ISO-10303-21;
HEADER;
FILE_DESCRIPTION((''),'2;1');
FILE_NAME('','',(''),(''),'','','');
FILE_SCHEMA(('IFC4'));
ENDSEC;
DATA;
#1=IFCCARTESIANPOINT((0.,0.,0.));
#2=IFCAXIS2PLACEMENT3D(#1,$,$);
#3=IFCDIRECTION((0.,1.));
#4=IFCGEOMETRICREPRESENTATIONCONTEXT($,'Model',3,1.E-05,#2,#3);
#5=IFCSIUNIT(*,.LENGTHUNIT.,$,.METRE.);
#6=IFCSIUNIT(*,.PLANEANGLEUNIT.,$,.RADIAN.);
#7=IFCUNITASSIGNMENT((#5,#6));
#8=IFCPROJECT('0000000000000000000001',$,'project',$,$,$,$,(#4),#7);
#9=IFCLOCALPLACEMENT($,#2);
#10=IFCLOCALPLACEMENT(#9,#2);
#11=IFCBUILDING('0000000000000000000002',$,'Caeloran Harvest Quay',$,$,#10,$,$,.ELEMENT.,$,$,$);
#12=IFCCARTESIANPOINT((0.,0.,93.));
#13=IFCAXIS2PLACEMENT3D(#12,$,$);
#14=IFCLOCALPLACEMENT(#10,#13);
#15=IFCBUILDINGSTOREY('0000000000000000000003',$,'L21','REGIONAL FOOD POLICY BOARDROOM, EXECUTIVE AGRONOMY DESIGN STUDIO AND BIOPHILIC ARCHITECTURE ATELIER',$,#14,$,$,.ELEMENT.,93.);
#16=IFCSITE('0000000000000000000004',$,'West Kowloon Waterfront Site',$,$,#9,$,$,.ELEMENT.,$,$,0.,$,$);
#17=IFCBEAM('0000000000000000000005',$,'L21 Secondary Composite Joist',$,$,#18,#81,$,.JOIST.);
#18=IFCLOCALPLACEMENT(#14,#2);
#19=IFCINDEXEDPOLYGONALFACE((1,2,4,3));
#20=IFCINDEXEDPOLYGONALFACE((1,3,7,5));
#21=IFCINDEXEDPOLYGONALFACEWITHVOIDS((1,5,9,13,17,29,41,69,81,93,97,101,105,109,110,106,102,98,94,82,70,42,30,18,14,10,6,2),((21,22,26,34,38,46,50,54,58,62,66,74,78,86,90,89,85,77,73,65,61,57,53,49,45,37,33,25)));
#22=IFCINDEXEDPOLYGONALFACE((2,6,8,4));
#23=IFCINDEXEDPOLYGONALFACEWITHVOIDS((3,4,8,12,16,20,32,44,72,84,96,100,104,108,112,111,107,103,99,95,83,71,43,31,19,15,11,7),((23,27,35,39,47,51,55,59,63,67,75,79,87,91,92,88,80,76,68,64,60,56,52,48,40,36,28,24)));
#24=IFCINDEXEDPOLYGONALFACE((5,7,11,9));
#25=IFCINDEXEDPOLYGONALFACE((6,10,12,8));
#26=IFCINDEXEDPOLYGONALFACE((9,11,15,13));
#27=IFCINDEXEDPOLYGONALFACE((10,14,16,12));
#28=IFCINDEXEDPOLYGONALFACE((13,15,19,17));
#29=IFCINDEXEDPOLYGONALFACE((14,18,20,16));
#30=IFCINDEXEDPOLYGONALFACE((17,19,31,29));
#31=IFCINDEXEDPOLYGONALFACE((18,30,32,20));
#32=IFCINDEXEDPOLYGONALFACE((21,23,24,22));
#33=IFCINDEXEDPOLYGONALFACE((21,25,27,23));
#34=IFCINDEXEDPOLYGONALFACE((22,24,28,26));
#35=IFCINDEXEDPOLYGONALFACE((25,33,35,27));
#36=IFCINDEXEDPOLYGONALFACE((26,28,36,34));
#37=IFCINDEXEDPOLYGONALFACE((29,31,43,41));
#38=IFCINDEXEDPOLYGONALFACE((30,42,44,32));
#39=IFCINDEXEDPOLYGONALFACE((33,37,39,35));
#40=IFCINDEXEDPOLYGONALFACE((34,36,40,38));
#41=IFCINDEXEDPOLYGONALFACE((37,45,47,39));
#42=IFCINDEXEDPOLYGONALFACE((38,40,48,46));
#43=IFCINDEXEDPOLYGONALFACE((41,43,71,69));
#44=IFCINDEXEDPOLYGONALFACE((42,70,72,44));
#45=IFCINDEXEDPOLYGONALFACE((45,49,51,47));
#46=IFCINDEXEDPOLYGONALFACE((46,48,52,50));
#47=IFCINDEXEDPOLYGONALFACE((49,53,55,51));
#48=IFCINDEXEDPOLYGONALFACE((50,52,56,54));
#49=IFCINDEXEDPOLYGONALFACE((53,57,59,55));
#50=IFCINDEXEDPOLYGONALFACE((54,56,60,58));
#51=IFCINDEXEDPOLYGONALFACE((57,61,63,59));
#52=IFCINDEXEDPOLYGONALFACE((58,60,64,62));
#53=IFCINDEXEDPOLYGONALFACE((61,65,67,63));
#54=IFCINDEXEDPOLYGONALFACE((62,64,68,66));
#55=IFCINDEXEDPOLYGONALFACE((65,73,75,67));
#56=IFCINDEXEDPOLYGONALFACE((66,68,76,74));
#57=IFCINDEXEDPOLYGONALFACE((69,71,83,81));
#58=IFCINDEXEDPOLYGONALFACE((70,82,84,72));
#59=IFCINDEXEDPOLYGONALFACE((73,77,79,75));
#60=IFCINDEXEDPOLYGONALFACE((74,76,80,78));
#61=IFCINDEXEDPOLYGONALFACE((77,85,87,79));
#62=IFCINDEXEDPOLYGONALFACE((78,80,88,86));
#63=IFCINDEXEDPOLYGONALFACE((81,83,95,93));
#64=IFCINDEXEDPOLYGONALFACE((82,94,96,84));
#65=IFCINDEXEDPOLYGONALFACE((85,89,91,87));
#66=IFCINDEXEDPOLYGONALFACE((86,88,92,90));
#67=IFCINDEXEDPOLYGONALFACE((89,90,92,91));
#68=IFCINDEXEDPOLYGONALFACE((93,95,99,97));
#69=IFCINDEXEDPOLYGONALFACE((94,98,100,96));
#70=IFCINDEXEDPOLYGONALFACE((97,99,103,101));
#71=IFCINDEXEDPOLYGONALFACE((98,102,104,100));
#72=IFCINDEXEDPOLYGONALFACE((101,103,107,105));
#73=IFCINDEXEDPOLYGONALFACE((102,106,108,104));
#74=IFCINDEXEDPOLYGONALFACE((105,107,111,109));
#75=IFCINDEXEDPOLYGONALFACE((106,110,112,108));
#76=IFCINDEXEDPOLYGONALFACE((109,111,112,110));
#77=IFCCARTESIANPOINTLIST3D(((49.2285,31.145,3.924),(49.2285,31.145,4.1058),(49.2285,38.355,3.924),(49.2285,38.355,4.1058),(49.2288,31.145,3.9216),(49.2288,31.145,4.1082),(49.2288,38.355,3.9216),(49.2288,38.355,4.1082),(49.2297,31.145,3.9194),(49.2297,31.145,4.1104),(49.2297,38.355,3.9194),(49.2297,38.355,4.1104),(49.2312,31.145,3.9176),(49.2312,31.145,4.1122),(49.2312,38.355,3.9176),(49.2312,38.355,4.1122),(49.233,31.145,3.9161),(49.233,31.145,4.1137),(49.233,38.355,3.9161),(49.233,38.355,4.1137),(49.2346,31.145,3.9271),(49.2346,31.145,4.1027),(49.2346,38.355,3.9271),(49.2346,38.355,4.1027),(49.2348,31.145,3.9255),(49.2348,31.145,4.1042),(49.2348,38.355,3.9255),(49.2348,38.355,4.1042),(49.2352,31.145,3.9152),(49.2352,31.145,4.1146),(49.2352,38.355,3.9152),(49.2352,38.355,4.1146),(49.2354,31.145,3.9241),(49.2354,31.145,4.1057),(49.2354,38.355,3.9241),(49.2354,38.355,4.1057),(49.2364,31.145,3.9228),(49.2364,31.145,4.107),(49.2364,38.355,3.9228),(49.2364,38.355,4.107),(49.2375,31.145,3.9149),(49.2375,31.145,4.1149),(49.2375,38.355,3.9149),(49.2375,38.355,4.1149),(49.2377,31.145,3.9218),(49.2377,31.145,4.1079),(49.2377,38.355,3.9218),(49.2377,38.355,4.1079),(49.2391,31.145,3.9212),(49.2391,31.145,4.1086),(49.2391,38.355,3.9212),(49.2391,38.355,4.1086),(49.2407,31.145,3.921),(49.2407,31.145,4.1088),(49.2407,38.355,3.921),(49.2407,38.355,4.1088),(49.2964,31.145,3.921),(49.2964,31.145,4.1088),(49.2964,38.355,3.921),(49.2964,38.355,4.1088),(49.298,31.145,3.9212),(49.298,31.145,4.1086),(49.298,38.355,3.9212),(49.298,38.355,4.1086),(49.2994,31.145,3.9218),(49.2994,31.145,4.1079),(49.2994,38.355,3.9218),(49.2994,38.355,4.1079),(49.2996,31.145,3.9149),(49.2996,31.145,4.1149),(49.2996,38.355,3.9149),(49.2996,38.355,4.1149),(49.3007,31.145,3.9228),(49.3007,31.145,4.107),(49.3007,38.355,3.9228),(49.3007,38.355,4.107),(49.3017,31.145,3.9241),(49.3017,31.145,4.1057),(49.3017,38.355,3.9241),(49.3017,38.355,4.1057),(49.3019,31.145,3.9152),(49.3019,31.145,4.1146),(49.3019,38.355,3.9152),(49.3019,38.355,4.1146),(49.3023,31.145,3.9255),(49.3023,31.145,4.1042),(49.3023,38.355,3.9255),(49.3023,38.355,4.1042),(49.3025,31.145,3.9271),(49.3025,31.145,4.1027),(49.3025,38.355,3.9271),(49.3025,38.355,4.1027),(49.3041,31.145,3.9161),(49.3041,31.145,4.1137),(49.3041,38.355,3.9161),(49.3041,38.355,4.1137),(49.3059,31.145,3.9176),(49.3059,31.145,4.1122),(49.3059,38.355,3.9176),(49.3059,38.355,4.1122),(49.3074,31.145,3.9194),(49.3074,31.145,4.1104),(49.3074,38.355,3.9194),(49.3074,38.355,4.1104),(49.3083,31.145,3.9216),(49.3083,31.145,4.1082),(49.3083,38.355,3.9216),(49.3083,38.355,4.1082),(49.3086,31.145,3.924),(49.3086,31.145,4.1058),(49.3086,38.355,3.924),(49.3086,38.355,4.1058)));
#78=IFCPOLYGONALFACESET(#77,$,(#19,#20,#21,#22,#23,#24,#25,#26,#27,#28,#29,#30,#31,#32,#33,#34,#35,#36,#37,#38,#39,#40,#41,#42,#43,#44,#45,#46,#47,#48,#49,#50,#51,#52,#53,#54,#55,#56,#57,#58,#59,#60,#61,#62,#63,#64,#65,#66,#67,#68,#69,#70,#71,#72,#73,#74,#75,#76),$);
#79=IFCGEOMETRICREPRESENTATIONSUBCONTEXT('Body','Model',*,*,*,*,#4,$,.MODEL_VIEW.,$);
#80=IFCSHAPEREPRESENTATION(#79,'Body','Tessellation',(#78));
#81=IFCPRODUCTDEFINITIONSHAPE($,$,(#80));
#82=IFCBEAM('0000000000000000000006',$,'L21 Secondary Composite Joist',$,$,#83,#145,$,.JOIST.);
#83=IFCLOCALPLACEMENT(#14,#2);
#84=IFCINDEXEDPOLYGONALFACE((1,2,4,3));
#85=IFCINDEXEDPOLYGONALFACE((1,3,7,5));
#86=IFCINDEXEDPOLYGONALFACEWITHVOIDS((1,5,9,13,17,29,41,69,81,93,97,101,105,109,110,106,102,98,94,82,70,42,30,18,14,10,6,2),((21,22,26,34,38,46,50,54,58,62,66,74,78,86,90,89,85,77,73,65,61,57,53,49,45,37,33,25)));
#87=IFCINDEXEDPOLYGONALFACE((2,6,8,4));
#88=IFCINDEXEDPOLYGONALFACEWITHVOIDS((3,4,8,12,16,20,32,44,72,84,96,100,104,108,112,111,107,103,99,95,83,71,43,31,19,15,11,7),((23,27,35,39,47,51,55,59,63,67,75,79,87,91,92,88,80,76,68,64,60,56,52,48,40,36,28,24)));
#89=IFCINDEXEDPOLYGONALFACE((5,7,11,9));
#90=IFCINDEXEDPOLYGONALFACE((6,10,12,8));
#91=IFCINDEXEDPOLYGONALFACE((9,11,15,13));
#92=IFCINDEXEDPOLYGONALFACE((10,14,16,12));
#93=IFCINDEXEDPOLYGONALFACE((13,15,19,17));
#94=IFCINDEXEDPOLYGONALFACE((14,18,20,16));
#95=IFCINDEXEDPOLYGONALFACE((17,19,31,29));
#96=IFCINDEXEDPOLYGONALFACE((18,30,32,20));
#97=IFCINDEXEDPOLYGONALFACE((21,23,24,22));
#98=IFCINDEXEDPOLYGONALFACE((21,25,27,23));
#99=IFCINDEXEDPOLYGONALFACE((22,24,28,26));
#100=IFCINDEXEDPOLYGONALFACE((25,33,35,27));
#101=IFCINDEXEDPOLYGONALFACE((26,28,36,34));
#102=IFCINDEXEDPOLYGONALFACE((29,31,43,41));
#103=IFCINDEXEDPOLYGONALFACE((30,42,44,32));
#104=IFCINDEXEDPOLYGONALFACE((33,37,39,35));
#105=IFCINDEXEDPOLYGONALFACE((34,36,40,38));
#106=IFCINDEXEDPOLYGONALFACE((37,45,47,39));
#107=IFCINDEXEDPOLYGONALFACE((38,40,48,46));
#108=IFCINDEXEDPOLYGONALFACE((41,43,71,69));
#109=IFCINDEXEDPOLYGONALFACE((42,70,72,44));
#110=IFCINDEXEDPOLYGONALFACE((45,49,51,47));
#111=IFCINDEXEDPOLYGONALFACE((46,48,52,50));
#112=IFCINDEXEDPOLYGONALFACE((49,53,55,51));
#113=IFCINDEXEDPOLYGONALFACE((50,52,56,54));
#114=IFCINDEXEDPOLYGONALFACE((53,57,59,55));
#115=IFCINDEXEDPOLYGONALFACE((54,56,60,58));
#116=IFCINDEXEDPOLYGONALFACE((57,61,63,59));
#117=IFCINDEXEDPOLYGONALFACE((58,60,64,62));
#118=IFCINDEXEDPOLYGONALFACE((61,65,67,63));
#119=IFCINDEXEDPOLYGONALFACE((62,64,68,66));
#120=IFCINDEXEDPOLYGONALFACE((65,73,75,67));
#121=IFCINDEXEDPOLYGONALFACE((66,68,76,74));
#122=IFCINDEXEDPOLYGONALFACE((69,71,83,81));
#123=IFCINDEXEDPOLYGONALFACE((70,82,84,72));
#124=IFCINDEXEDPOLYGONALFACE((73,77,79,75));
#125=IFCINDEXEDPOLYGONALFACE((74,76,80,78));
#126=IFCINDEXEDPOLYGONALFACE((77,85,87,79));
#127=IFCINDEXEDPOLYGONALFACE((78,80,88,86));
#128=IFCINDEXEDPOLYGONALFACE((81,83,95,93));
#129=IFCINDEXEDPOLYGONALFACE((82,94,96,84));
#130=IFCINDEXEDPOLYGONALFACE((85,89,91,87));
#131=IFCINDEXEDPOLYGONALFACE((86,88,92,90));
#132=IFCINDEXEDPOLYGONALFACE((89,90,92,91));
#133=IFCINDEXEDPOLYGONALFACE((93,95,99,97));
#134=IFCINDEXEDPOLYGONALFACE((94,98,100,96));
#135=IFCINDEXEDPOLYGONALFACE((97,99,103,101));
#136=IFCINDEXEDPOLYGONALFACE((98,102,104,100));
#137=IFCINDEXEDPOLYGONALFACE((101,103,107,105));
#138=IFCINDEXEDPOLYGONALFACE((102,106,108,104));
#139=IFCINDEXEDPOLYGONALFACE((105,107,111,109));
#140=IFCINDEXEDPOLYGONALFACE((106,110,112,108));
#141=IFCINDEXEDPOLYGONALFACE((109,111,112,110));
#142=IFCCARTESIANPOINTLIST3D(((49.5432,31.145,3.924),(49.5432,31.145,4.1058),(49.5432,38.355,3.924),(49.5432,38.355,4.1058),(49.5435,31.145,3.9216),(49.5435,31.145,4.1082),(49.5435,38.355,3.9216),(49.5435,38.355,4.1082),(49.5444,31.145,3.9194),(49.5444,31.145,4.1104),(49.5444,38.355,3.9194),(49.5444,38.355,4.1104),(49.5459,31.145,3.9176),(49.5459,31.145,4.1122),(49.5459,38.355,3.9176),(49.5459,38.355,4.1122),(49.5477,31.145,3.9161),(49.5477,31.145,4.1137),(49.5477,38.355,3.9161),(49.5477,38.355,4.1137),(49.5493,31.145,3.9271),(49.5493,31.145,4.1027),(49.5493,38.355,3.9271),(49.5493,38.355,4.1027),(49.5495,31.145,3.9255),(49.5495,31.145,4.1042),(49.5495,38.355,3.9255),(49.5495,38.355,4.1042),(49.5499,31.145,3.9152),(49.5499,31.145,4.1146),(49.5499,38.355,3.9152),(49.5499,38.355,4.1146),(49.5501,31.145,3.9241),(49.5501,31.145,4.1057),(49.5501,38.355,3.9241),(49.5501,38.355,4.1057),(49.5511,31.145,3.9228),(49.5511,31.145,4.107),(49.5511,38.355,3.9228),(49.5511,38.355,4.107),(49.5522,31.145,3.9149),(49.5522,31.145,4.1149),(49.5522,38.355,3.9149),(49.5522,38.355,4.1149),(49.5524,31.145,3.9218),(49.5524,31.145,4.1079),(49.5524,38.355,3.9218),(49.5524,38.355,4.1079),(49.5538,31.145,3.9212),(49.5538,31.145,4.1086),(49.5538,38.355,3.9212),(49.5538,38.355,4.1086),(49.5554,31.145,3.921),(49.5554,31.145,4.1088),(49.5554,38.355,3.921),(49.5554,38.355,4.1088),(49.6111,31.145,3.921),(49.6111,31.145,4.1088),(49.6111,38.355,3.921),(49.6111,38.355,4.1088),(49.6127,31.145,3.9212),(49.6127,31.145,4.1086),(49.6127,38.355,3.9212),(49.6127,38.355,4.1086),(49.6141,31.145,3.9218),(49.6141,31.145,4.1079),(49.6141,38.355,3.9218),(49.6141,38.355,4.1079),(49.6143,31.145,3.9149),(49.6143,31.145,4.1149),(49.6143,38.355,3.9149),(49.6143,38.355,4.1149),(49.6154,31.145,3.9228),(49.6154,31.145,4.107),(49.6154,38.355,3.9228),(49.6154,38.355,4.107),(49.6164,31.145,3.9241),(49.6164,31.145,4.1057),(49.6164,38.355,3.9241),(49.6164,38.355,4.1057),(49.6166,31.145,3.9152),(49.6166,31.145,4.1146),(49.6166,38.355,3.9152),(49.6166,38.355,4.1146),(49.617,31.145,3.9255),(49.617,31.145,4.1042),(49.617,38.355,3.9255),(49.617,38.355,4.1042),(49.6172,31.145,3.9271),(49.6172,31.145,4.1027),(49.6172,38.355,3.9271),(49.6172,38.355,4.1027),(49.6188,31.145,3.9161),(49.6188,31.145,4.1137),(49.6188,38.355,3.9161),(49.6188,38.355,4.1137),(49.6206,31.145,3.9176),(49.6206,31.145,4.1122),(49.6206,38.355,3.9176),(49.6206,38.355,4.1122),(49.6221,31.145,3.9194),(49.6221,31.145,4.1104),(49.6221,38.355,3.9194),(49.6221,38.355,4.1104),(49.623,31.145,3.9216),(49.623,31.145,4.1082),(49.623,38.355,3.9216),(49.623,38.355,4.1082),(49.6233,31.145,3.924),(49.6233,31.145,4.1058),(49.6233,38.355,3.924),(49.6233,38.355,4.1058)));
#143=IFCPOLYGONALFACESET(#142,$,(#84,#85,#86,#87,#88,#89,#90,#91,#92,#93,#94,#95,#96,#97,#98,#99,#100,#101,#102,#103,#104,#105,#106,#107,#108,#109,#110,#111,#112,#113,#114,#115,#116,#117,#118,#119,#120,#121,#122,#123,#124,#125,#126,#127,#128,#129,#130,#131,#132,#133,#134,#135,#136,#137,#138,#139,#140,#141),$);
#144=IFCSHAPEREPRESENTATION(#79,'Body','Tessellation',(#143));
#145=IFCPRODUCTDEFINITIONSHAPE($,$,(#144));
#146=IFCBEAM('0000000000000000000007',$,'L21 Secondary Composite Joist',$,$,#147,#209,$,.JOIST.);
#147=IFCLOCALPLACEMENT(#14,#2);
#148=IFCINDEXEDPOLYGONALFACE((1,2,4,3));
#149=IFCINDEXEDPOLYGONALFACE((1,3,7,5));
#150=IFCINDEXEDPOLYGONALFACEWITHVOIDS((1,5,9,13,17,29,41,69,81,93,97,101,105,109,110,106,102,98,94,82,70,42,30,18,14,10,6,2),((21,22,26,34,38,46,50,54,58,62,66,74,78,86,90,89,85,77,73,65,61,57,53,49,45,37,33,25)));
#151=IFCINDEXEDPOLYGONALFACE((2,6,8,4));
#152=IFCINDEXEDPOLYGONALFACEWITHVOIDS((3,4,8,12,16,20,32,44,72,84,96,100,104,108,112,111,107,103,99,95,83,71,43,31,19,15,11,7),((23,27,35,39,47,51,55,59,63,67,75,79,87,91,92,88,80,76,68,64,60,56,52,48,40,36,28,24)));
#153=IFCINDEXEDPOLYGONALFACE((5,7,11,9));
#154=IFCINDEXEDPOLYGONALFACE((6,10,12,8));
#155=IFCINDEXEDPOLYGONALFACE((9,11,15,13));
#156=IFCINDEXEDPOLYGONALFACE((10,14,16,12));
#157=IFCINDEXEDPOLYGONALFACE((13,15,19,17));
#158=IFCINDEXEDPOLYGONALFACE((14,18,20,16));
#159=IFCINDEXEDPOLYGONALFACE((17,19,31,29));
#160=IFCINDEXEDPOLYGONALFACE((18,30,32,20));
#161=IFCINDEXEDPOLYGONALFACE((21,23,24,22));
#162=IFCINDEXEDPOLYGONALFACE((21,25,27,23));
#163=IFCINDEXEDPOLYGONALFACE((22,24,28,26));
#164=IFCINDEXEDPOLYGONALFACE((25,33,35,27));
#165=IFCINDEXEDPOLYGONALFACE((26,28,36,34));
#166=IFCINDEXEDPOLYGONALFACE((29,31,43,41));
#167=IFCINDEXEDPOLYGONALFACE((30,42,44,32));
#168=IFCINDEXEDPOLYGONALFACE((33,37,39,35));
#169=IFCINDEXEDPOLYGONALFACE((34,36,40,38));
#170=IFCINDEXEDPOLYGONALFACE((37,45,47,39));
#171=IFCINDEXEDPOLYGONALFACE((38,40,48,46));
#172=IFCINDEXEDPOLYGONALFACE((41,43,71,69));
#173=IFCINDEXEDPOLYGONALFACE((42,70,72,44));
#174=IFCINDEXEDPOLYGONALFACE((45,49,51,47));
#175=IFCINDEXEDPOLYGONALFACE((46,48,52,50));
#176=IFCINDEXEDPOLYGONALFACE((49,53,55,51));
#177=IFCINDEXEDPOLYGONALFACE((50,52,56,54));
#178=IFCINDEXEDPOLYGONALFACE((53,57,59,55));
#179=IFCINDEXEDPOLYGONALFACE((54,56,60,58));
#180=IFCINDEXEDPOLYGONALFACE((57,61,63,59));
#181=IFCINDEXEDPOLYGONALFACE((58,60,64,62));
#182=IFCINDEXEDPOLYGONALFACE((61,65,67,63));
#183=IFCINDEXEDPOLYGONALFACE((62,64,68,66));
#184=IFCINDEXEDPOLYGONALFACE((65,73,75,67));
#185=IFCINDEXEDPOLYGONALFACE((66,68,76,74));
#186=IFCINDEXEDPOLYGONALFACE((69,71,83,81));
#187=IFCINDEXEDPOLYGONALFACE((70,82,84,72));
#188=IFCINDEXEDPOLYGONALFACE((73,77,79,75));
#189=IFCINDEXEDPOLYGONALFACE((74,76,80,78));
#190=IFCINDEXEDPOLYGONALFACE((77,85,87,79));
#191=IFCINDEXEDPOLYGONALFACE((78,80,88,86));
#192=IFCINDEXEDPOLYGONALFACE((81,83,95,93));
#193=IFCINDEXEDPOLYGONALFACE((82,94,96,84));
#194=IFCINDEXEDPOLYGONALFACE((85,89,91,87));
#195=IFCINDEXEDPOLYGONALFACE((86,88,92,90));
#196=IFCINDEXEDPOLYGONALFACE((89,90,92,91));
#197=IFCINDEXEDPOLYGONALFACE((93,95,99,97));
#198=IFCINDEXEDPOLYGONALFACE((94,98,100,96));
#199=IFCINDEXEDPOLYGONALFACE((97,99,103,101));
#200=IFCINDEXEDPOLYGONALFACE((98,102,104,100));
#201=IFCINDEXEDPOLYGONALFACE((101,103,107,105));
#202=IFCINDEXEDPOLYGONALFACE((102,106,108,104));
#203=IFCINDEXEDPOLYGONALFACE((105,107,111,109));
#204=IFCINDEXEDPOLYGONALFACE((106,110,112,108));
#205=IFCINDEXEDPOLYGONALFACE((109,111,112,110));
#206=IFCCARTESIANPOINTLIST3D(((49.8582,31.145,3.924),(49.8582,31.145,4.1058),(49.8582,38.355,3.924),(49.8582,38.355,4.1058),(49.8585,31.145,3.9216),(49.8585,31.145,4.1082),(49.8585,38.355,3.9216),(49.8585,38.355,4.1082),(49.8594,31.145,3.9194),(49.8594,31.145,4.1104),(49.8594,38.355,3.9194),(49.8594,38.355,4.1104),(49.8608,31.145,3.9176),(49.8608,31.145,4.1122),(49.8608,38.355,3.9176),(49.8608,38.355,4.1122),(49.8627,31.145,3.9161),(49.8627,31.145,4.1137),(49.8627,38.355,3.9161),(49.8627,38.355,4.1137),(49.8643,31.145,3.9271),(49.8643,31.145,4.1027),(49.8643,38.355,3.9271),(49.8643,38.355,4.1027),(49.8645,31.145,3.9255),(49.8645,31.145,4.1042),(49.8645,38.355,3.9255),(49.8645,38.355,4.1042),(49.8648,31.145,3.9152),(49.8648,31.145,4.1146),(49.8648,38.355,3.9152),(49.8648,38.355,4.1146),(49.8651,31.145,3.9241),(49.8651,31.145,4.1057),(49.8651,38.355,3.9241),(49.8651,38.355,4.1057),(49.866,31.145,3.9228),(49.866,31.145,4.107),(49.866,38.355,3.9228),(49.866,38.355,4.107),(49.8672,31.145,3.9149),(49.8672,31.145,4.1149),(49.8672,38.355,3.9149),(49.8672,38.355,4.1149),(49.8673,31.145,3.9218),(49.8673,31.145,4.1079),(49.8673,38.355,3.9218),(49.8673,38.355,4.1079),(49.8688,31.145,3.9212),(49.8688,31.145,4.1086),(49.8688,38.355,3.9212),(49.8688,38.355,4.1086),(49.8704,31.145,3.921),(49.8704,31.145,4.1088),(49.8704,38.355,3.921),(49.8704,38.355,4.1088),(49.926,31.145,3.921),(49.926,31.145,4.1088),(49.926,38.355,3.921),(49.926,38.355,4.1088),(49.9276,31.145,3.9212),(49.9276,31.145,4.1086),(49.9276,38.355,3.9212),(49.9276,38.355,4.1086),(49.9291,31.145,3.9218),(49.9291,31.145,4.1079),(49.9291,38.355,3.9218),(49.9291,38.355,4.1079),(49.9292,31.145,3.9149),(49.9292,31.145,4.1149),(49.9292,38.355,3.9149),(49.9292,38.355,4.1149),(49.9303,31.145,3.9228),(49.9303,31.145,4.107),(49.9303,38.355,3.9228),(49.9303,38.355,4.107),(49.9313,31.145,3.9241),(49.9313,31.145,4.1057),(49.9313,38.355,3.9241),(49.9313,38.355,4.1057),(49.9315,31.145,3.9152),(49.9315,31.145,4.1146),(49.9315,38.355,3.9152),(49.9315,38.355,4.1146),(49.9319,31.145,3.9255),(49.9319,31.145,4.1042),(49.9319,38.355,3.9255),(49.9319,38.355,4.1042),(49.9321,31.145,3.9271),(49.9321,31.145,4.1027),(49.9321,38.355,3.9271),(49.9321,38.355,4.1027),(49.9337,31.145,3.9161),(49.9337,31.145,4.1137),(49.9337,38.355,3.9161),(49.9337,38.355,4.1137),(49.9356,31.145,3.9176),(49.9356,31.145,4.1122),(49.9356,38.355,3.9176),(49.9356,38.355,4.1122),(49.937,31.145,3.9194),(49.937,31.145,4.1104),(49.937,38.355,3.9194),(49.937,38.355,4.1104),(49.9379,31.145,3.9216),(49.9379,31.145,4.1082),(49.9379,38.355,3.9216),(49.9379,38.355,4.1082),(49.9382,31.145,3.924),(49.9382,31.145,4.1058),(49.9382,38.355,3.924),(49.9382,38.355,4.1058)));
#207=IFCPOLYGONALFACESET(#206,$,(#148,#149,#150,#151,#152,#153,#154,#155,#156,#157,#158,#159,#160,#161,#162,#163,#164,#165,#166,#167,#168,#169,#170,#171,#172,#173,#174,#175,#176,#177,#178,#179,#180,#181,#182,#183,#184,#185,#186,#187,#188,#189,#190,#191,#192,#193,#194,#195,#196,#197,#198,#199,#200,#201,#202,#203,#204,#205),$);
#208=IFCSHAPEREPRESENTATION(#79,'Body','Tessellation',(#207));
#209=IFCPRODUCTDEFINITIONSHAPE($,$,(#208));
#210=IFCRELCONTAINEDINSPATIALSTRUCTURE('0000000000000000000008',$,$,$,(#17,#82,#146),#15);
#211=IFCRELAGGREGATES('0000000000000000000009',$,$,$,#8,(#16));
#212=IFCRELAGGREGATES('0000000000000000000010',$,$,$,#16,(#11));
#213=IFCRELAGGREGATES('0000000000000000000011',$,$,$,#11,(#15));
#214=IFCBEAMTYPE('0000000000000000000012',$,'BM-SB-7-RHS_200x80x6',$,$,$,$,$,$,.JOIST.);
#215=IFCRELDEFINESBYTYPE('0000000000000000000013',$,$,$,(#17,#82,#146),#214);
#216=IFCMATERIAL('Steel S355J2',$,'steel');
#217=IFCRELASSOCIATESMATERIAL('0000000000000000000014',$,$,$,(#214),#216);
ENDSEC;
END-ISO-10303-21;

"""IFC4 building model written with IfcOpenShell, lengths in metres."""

from ifc_helpers import new_model, si_unit, direction, frame, origin, origin_2d, place, context, subcontext, project, spatial, hollow_rectangle, extrude, material, material_profile, profile_set, type_object, element, save


model = new_model("IFC4")

# Units and contexts
model_context = context("Model", 3, precision=1e-05, world=origin(), true_north=direction((0.0, 1.0)))
body_context = subcontext(model_context, "Body", "Model", "MODEL_VIEW")
ifc_project = project(units=[si_unit("LENGTHUNIT", "METRE"), si_unit("PLANEANGLEUNIT", "RADIAN")], contexts=[model_context])

# Site, building, storey
site_placement = place(None, origin())
site = spatial("IfcSite", under=ifc_project, at=site_placement, Name="West Kowloon Waterfront Site", CompositionType="ELEMENT", RefElevation=0.0)
building_placement = place(site_placement, origin())
building = spatial("IfcBuilding", under=site, at=building_placement, Name="Caeloran Harvest Quay", CompositionType="ELEMENT")
storey_placement = place(building_placement, frame((0.0, 0.0, 93.0)))
storey = spatial("IfcBuildingStorey", under=building, at=storey_placement, Name="L21", Description="REGIONAL FOOD POLICY BOARDROOM, EXECUTIVE AGRONOMY DESIGN STUDIO AND BIOPHILIC ARCHITECTURE ATELIER", CompositionType="ELEMENT", Elevation=93.0)

# Beams
ifc_material_1 = material(Name="Steel S355J2", Category="steel")
ifc_material_profile_1 = material_profile(ifc_material_1, hollow_rectangle(XDim=0.0801, YDim=0.2, WallThickness=0.0061, InnerFilletRadius=0.0061, OuterFilletRadius=0.009, at=origin_2d()), Name="RHS 200x80x6")
ifc_profile_set_1 = profile_set([ifc_material_profile_1], Name="Steel S355J2")
beam_type_1 = type_object("IfcBeamType", Name="BM-SB-7-RHS_200x80x6", PredefinedType="JOIST", material=ifc_profile_set_1)
for number, where, z_axis, x_axis, name in (
    (1, (49.2686, 31.145, 4.0149), (0.0, 1.0, 0.0), (-1.0, 0.0, 0.0), "L21 Secondary Composite Joist"),
    (2, (49.5833, 31.145, 4.0149), (0.0, 1.0, 0.0), (-1.0, 0.0, 0.0), "L21 Secondary Composite Joist"),
    (3, (49.8982, 31.145, 4.0149), (0.0, 1.0, 0.0), (-1.0, 0.0, 0.0), "L21 Secondary Composite Joist"),
):
    element("IfcBeam", number, at=place(storey_placement, frame(where, z_axis=z_axis, x_axis=x_axis)), inside=storey, type_object=beam_type_1, Name=name, PredefinedType="JOIST", context=body_context, shape_type="SweptSolid", body=[
        extrude(hollow_rectangle(XDim=0.0801, YDim=0.2, WallThickness=0.0061, InnerFilletRadius=0.0061, OuterFilletRadius=0.009, at=origin_2d()), origin(), (0.0, 0.0, 1.0), 7.21),
    ])

save(model, "model.ifc")
